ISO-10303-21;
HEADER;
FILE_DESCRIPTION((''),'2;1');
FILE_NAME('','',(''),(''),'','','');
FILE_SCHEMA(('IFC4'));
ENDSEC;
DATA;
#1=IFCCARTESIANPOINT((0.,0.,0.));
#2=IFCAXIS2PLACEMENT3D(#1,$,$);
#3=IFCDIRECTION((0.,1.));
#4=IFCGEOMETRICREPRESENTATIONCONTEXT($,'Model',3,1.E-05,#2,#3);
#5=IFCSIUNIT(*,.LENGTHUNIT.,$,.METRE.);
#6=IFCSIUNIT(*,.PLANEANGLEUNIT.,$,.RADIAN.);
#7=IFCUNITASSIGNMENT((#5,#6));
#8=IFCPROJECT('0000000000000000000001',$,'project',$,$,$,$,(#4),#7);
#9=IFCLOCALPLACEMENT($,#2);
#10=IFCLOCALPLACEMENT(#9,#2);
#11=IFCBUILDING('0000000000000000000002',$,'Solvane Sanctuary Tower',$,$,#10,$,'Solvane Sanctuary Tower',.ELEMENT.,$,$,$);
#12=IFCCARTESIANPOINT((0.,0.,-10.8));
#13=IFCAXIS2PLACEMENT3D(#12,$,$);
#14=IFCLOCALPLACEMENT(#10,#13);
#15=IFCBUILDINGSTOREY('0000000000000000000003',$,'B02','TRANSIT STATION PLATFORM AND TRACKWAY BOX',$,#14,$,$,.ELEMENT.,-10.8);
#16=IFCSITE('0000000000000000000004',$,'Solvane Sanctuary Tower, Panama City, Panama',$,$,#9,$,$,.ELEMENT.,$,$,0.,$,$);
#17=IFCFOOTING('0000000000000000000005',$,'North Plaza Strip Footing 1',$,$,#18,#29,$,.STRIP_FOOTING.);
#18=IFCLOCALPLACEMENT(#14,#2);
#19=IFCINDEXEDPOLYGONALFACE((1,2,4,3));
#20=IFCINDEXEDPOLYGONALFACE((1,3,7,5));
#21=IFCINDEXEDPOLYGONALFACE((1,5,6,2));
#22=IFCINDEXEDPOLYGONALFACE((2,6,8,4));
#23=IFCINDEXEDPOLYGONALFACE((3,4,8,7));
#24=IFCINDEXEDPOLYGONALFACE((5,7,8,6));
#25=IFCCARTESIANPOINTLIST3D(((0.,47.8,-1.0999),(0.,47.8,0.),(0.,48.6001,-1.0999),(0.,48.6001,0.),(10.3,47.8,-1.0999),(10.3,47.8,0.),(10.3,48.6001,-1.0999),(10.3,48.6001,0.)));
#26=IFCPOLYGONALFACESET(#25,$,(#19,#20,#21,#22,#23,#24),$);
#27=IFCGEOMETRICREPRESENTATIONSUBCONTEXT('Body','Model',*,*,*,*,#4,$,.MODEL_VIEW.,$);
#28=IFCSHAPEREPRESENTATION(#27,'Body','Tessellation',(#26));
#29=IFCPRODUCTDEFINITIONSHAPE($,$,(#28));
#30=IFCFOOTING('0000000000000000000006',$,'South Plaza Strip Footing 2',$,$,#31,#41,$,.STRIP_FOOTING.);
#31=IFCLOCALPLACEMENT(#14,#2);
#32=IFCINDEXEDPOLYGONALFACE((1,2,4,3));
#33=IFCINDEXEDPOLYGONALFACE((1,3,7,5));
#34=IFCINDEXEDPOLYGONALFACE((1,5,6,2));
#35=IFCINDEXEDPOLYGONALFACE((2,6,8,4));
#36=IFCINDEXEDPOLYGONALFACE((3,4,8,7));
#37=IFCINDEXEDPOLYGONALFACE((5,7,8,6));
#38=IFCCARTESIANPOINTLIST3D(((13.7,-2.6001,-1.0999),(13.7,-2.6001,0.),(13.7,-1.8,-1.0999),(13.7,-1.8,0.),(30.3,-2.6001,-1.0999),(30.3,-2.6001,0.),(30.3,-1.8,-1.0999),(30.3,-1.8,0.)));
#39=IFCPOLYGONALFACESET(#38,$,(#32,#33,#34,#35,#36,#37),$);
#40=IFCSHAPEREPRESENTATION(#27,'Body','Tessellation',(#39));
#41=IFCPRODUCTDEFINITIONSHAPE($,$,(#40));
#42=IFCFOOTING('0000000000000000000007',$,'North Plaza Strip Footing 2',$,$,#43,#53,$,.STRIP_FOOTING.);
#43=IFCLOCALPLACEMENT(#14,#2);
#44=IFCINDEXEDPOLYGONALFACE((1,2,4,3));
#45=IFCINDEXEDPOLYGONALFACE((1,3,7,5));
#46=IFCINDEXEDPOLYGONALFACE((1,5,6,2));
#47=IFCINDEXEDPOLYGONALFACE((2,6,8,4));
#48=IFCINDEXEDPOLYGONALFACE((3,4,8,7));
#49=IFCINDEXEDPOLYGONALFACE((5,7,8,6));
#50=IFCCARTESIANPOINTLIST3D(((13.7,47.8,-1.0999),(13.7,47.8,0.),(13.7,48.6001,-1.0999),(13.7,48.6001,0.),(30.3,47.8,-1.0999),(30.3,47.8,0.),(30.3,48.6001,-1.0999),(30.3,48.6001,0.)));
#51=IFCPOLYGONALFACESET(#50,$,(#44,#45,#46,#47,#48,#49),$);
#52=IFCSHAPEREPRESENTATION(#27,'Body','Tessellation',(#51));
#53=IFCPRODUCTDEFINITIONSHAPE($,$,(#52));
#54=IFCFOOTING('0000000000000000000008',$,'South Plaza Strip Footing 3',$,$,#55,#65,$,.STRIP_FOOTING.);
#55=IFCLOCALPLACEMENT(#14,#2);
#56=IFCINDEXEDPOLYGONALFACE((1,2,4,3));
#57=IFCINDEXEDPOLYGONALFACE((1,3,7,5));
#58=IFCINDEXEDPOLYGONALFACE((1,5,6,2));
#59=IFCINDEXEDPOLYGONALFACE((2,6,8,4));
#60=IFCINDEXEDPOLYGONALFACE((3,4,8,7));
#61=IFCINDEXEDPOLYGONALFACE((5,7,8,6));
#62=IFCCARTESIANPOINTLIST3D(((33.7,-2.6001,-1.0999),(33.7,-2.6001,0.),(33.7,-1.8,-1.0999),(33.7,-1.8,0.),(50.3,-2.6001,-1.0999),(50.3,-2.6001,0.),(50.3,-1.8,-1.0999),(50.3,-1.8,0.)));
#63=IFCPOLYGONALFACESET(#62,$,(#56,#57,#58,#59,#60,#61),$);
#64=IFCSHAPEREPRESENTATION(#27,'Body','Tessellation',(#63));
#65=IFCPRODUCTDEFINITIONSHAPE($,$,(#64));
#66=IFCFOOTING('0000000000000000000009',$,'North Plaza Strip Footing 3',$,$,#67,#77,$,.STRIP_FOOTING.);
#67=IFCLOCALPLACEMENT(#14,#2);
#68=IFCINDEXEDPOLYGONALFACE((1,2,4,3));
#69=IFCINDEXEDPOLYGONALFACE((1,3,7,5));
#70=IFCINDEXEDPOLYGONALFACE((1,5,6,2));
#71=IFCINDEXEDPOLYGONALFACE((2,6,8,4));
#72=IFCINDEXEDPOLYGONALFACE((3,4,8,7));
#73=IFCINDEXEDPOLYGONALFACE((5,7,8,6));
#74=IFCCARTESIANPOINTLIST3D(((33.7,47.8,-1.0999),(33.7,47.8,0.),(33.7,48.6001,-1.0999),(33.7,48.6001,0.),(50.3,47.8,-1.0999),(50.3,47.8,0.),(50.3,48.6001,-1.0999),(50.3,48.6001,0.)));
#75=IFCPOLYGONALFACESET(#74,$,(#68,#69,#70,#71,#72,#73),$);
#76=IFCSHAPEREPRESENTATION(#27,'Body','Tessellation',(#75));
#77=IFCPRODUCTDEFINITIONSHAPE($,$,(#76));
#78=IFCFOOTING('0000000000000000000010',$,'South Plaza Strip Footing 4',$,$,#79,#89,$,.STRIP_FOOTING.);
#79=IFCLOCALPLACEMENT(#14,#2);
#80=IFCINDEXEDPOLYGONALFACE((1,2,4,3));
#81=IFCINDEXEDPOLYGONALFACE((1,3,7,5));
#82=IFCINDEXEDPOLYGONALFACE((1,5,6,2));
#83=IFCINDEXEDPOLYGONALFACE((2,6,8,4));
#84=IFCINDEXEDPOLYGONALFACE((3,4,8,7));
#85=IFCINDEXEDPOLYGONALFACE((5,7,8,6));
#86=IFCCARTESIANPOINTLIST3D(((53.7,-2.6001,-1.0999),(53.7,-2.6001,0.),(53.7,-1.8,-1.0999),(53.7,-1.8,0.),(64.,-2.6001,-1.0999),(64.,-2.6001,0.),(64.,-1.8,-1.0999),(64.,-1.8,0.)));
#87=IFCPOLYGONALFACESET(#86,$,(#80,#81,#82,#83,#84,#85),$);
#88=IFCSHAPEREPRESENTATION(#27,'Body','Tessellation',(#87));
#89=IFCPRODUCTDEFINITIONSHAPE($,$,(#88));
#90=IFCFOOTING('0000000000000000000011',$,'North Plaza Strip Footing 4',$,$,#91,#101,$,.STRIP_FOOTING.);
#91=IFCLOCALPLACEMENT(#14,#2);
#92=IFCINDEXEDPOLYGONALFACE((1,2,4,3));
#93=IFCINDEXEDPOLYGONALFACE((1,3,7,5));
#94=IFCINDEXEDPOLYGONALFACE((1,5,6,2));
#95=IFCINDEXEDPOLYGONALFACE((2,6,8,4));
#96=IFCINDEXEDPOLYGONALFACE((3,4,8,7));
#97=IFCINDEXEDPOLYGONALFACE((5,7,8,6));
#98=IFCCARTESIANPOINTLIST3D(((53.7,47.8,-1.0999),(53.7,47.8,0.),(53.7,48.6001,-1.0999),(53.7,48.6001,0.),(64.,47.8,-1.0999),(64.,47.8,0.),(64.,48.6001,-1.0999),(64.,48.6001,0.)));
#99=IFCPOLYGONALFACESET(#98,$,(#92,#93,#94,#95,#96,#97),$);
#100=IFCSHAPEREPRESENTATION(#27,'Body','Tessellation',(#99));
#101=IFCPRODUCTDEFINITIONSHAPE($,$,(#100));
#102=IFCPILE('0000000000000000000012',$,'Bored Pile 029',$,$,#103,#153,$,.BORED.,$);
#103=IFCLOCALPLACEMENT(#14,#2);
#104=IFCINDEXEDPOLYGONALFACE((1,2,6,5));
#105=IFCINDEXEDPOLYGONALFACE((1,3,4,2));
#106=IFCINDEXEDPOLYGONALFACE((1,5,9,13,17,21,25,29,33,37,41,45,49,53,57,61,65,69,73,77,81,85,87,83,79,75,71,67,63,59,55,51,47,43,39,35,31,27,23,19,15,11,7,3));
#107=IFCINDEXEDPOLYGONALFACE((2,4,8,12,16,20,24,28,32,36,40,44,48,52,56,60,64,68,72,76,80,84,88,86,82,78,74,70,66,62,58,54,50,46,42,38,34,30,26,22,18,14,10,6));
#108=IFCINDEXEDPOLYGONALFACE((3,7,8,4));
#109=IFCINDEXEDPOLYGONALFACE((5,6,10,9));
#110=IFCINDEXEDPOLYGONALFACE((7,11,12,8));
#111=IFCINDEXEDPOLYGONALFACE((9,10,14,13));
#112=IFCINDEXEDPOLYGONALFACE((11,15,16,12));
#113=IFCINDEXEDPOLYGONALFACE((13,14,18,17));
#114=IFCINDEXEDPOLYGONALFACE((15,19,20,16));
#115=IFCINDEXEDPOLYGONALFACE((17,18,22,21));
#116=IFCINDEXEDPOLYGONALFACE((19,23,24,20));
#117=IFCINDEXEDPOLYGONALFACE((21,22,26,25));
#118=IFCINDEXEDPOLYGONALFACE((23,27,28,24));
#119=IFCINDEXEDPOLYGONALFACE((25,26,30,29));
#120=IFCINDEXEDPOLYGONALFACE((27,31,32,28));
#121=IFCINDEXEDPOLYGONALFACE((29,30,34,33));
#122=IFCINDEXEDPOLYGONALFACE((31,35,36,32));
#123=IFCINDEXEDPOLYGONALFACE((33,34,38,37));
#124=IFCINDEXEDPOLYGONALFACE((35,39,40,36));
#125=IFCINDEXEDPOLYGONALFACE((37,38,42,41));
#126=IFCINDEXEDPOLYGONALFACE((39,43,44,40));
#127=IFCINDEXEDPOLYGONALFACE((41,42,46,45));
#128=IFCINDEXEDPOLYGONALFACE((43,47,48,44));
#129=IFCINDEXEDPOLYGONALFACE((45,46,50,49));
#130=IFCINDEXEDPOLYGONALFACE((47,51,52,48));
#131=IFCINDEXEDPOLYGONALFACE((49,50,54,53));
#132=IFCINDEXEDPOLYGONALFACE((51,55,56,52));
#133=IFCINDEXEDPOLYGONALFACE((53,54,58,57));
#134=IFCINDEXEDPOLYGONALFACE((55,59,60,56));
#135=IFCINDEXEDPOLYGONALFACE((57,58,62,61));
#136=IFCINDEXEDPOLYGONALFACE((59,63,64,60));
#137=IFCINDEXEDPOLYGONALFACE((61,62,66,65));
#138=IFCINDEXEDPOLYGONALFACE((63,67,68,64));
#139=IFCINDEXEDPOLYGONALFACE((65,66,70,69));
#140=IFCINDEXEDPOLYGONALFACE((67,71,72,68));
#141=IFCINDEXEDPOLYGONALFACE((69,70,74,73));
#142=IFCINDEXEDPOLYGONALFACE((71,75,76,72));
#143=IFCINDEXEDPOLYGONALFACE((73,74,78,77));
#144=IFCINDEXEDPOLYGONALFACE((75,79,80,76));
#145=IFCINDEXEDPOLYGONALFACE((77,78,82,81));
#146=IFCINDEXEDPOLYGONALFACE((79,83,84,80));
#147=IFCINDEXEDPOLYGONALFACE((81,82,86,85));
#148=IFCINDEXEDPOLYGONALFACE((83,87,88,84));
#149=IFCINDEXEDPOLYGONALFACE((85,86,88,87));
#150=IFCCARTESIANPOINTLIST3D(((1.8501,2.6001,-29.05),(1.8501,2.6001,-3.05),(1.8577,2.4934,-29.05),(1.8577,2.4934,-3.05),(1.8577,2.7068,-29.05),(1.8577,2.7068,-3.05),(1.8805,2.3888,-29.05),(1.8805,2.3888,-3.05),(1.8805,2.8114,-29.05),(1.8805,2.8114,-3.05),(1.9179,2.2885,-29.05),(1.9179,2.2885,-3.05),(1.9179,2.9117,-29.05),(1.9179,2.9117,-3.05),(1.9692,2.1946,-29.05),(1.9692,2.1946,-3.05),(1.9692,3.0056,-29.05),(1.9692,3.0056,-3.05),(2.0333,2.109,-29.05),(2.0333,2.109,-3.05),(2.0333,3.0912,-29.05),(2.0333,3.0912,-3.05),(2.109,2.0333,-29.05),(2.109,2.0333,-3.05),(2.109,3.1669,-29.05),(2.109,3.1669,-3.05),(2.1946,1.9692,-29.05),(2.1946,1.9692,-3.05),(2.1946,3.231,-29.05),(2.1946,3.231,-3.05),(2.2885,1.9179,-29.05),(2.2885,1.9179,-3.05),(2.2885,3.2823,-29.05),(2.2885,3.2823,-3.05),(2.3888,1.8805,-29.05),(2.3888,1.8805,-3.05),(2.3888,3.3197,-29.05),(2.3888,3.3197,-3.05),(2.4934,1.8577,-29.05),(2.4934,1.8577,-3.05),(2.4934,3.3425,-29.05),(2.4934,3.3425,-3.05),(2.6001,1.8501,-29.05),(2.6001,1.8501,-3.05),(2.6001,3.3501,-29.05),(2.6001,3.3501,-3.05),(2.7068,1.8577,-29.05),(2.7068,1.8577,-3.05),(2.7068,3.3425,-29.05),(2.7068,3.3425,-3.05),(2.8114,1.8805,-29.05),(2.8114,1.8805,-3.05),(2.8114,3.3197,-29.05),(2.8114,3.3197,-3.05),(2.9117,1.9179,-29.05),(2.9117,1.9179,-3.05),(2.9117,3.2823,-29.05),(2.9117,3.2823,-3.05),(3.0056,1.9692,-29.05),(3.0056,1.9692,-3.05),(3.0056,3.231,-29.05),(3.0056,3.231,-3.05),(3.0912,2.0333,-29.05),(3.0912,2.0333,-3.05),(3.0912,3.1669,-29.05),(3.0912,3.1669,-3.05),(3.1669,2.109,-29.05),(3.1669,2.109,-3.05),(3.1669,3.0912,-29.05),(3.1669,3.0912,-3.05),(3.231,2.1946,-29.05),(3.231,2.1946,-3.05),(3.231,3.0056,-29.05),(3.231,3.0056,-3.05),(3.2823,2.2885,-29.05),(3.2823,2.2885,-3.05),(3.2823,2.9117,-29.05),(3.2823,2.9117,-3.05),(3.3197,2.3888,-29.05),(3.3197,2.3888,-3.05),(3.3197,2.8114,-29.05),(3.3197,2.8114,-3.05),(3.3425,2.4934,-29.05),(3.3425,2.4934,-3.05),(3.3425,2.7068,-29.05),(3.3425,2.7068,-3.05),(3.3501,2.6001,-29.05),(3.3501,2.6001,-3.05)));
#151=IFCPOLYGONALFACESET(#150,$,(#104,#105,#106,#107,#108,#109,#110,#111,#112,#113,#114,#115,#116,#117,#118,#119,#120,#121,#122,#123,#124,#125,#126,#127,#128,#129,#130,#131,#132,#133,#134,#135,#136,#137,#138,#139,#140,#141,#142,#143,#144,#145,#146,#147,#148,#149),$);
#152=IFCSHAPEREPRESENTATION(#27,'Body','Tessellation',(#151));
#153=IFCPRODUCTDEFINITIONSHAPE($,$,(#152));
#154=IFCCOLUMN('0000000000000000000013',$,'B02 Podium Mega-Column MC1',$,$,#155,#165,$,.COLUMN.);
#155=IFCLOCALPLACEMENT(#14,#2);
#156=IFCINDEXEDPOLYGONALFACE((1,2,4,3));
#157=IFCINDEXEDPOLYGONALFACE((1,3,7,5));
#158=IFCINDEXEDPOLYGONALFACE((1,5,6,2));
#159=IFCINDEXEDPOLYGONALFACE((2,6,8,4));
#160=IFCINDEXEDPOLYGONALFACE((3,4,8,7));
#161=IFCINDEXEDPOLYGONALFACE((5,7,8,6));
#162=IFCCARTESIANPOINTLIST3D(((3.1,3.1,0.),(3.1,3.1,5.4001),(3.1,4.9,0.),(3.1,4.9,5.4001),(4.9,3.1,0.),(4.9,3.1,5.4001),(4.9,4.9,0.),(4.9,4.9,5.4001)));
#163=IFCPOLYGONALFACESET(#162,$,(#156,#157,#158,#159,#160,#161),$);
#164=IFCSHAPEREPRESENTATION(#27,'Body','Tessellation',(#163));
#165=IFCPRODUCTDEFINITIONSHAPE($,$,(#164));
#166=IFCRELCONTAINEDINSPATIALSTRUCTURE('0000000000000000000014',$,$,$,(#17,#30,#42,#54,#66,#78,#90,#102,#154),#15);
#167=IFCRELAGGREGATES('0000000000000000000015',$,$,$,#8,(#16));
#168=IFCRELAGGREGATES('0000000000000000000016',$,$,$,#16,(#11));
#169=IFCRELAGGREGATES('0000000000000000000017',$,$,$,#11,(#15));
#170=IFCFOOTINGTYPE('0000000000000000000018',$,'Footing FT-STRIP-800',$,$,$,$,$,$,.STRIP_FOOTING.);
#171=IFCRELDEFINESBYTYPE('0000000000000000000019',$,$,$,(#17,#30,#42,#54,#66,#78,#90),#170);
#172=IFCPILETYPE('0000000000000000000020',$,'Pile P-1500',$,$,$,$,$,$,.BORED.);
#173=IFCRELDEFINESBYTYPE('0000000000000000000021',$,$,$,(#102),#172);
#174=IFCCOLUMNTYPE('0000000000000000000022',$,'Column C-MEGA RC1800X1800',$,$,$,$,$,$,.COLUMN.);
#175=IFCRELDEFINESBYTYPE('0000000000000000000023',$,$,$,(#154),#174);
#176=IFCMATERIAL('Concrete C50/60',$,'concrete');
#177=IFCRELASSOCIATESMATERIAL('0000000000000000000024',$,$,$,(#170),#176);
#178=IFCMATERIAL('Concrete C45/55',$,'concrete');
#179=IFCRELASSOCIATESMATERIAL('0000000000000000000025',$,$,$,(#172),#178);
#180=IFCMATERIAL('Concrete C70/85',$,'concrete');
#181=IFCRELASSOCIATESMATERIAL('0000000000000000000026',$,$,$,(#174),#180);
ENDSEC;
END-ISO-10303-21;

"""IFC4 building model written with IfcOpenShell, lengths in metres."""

from ifc_helpers import new_model, si_unit, direction, frame, origin, origin_2d, place, context, subcontext, project, spatial, polyline, rectangle, circle, outline, extrude, material, material_profile, profile_set, type_object, element, save


model = new_model("IFC4")

# Units and contexts
model_context = context("Model", 3, precision=1e-05, world=origin(), true_north=direction((0.0, 1.0)))
body_context = subcontext(model_context, "Body", "Model", "MODEL_VIEW")
ifc_project = project(units=[si_unit("LENGTHUNIT", "METRE"), si_unit("PLANEANGLEUNIT", "RADIAN")], contexts=[model_context])

# Site, building, storey
site_placement = place(None, origin())
site = spatial("IfcSite", under=ifc_project, at=site_placement, Name="Solvane Sanctuary Tower, Panama City, Panama", CompositionType="ELEMENT", RefElevation=0.0)
building_placement = place(site_placement, origin())
building = spatial("IfcBuilding", under=site, at=building_placement, Name="Solvane Sanctuary Tower", LongName="Solvane Sanctuary Tower", CompositionType="ELEMENT")
storey_placement = place(building_placement, frame((0.0, 0.0, -10.8)))
storey = spatial("IfcBuildingStorey", under=building, at=storey_placement, Name="B02", Description="TRANSIT STATION PLATFORM AND TRACKWAY BOX", CompositionType="ELEMENT", Elevation=-10.8)

# Footings
ifc_material_1 = material(Name="Concrete C50/60", Category="concrete")
footing_type = type_object("IfcFootingType", Name="Footing FT-STRIP-800", PredefinedType="STRIP_FOOTING", material=ifc_material_1)
footing_1_placement = place(storey_placement, frame((0.0, 0.0, -1.0999)))
element("IfcFooting", 1, at=footing_1_placement, inside=storey, type_object=footing_type, Name="North Plaza Strip Footing 1", PredefinedType="STRIP_FOOTING", context=body_context, shape_type="SweptSolid", body=[
    extrude(outline(polyline([(0.0, 47.8), (10.3, 47.8), (10.3, 48.6001), (0.0, 48.6001), (0.0, 47.8)])), origin(), (0.0, 0.0, 1.0), 1.0999),
])
footing_2_placement = place(storey_placement, frame((0.0, 0.0, -1.0999)))
element("IfcFooting", 2, at=footing_2_placement, inside=storey, type_object=footing_type, Name="South Plaza Strip Footing 2", PredefinedType="STRIP_FOOTING", context=body_context, shape_type="SweptSolid", body=[
    extrude(outline(polyline([(13.7, -2.6001), (30.3, -2.6001), (30.3, -1.8), (13.7, -1.8), (13.7, -2.6001)])), origin(), (0.0, 0.0, 1.0), 1.0999),
])
footing_3_placement = place(storey_placement, frame((0.0, 0.0, -1.0999)))
element("IfcFooting", 3, at=footing_3_placement, inside=storey, type_object=footing_type, Name="North Plaza Strip Footing 2", PredefinedType="STRIP_FOOTING", context=body_context, shape_type="SweptSolid", body=[
    extrude(outline(polyline([(13.7, 47.8), (30.3, 47.8), (30.3, 48.6001), (13.7, 48.6001), (13.7, 47.8)])), origin(), (0.0, 0.0, 1.0), 1.0999),
])
footing_4_placement = place(storey_placement, frame((0.0, 0.0, -1.0999)))
element("IfcFooting", 4, at=footing_4_placement, inside=storey, type_object=footing_type, Name="South Plaza Strip Footing 3", PredefinedType="STRIP_FOOTING", context=body_context, shape_type="SweptSolid", body=[
    extrude(outline(polyline([(33.7, -2.6001), (50.3, -2.6001), (50.3, -1.8), (33.7, -1.8), (33.7, -2.6001)])), origin(), (0.0, 0.0, 1.0), 1.0999),
])
footing_5_placement = place(storey_placement, frame((0.0, 0.0, -1.0999)))
element("IfcFooting", 5, at=footing_5_placement, inside=storey, type_object=footing_type, Name="North Plaza Strip Footing 3", PredefinedType="STRIP_FOOTING", context=body_context, shape_type="SweptSolid", body=[
    extrude(outline(polyline([(33.7, 47.8), (50.3, 47.8), (50.3, 48.6001), (33.7, 48.6001), (33.7, 47.8)])), origin(), (0.0, 0.0, 1.0), 1.0999),
])
footing_6_placement = place(storey_placement, frame((0.0, 0.0, -1.0999)))
element("IfcFooting", 6, at=footing_6_placement, inside=storey, type_object=footing_type, Name="South Plaza Strip Footing 4", PredefinedType="STRIP_FOOTING", context=body_context, shape_type="SweptSolid", body=[
    extrude(outline(polyline([(53.7, -2.6001), (64.0, -2.6001), (64.0, -1.8), (53.7, -1.8), (53.7, -2.6001)])), origin(), (0.0, 0.0, 1.0), 1.0999),
])
footing_7_placement = place(storey_placement, frame((0.0, 0.0, -1.0999)))
element("IfcFooting", 7, at=footing_7_placement, inside=storey, type_object=footing_type, Name="North Plaza Strip Footing 4", PredefinedType="STRIP_FOOTING", context=body_context, shape_type="SweptSolid", body=[
    extrude(outline(polyline([(53.7, 47.8), (64.0, 47.8), (64.0, 48.6001), (53.7, 48.6001), (53.7, 47.8)])), origin(), (0.0, 0.0, 1.0), 1.0999),
])

# Pile
ifc_material_2 = material(Name="Concrete C45/55", Category="concrete")
ifc_material_profile_1 = material_profile(ifc_material_2, circle(Radius=0.75, at=origin_2d()), Name="PILE1500")
ifc_profile_set_1 = profile_set([ifc_material_profile_1], Name="Concrete C45/55")
pile_type = type_object("IfcPileType", Name="Pile P-1500", PredefinedType="BORED", material=ifc_profile_set_1)
pile_placement = place(storey_placement, frame((2.6001, 2.6001, -3.05), z_axis=(0.0, 0.0, -1.0), x_axis=(1.0, 0.0, 0.0)))
element("IfcPile", 8, at=pile_placement, inside=storey, type_object=pile_type, Name="Bored Pile 029", PredefinedType="BORED", context=body_context, shape_type="SweptSolid", body=[
    extrude(circle(Radius=0.75, at=origin_2d()), origin(), (0.0, 0.0, 1.0), 26.0),
])

# Column
ifc_material_3 = material(Name="Concrete C70/85", Category="concrete")
ifc_material_profile_2 = material_profile(ifc_material_3, rectangle(XDim=1.8, YDim=1.8, at=origin_2d()), Name="RC1800X1800")
ifc_profile_set_2 = profile_set([ifc_material_profile_2], Name="Concrete C70/85")
column_type = type_object("IfcColumnType", Name="Column C-MEGA RC1800X1800", PredefinedType="COLUMN", material=ifc_profile_set_2)
column_placement = place(storey_placement, frame((4.0, 4.0, 0.0), z_axis=(0.0, 0.0, 1.0), x_axis=(1.0, 0.0, 0.0)))
element("IfcColumn", 9, at=column_placement, inside=storey, type_object=column_type, Name="B02 Podium Mega-Column MC1", PredefinedType="COLUMN", context=body_context, shape_type="SweptSolid", body=[
    extrude(rectangle(XDim=1.8, YDim=1.8, at=origin_2d()), origin(), (0.0, 0.0, 1.0), 5.4001),
])

save(model, "model.ifc")
